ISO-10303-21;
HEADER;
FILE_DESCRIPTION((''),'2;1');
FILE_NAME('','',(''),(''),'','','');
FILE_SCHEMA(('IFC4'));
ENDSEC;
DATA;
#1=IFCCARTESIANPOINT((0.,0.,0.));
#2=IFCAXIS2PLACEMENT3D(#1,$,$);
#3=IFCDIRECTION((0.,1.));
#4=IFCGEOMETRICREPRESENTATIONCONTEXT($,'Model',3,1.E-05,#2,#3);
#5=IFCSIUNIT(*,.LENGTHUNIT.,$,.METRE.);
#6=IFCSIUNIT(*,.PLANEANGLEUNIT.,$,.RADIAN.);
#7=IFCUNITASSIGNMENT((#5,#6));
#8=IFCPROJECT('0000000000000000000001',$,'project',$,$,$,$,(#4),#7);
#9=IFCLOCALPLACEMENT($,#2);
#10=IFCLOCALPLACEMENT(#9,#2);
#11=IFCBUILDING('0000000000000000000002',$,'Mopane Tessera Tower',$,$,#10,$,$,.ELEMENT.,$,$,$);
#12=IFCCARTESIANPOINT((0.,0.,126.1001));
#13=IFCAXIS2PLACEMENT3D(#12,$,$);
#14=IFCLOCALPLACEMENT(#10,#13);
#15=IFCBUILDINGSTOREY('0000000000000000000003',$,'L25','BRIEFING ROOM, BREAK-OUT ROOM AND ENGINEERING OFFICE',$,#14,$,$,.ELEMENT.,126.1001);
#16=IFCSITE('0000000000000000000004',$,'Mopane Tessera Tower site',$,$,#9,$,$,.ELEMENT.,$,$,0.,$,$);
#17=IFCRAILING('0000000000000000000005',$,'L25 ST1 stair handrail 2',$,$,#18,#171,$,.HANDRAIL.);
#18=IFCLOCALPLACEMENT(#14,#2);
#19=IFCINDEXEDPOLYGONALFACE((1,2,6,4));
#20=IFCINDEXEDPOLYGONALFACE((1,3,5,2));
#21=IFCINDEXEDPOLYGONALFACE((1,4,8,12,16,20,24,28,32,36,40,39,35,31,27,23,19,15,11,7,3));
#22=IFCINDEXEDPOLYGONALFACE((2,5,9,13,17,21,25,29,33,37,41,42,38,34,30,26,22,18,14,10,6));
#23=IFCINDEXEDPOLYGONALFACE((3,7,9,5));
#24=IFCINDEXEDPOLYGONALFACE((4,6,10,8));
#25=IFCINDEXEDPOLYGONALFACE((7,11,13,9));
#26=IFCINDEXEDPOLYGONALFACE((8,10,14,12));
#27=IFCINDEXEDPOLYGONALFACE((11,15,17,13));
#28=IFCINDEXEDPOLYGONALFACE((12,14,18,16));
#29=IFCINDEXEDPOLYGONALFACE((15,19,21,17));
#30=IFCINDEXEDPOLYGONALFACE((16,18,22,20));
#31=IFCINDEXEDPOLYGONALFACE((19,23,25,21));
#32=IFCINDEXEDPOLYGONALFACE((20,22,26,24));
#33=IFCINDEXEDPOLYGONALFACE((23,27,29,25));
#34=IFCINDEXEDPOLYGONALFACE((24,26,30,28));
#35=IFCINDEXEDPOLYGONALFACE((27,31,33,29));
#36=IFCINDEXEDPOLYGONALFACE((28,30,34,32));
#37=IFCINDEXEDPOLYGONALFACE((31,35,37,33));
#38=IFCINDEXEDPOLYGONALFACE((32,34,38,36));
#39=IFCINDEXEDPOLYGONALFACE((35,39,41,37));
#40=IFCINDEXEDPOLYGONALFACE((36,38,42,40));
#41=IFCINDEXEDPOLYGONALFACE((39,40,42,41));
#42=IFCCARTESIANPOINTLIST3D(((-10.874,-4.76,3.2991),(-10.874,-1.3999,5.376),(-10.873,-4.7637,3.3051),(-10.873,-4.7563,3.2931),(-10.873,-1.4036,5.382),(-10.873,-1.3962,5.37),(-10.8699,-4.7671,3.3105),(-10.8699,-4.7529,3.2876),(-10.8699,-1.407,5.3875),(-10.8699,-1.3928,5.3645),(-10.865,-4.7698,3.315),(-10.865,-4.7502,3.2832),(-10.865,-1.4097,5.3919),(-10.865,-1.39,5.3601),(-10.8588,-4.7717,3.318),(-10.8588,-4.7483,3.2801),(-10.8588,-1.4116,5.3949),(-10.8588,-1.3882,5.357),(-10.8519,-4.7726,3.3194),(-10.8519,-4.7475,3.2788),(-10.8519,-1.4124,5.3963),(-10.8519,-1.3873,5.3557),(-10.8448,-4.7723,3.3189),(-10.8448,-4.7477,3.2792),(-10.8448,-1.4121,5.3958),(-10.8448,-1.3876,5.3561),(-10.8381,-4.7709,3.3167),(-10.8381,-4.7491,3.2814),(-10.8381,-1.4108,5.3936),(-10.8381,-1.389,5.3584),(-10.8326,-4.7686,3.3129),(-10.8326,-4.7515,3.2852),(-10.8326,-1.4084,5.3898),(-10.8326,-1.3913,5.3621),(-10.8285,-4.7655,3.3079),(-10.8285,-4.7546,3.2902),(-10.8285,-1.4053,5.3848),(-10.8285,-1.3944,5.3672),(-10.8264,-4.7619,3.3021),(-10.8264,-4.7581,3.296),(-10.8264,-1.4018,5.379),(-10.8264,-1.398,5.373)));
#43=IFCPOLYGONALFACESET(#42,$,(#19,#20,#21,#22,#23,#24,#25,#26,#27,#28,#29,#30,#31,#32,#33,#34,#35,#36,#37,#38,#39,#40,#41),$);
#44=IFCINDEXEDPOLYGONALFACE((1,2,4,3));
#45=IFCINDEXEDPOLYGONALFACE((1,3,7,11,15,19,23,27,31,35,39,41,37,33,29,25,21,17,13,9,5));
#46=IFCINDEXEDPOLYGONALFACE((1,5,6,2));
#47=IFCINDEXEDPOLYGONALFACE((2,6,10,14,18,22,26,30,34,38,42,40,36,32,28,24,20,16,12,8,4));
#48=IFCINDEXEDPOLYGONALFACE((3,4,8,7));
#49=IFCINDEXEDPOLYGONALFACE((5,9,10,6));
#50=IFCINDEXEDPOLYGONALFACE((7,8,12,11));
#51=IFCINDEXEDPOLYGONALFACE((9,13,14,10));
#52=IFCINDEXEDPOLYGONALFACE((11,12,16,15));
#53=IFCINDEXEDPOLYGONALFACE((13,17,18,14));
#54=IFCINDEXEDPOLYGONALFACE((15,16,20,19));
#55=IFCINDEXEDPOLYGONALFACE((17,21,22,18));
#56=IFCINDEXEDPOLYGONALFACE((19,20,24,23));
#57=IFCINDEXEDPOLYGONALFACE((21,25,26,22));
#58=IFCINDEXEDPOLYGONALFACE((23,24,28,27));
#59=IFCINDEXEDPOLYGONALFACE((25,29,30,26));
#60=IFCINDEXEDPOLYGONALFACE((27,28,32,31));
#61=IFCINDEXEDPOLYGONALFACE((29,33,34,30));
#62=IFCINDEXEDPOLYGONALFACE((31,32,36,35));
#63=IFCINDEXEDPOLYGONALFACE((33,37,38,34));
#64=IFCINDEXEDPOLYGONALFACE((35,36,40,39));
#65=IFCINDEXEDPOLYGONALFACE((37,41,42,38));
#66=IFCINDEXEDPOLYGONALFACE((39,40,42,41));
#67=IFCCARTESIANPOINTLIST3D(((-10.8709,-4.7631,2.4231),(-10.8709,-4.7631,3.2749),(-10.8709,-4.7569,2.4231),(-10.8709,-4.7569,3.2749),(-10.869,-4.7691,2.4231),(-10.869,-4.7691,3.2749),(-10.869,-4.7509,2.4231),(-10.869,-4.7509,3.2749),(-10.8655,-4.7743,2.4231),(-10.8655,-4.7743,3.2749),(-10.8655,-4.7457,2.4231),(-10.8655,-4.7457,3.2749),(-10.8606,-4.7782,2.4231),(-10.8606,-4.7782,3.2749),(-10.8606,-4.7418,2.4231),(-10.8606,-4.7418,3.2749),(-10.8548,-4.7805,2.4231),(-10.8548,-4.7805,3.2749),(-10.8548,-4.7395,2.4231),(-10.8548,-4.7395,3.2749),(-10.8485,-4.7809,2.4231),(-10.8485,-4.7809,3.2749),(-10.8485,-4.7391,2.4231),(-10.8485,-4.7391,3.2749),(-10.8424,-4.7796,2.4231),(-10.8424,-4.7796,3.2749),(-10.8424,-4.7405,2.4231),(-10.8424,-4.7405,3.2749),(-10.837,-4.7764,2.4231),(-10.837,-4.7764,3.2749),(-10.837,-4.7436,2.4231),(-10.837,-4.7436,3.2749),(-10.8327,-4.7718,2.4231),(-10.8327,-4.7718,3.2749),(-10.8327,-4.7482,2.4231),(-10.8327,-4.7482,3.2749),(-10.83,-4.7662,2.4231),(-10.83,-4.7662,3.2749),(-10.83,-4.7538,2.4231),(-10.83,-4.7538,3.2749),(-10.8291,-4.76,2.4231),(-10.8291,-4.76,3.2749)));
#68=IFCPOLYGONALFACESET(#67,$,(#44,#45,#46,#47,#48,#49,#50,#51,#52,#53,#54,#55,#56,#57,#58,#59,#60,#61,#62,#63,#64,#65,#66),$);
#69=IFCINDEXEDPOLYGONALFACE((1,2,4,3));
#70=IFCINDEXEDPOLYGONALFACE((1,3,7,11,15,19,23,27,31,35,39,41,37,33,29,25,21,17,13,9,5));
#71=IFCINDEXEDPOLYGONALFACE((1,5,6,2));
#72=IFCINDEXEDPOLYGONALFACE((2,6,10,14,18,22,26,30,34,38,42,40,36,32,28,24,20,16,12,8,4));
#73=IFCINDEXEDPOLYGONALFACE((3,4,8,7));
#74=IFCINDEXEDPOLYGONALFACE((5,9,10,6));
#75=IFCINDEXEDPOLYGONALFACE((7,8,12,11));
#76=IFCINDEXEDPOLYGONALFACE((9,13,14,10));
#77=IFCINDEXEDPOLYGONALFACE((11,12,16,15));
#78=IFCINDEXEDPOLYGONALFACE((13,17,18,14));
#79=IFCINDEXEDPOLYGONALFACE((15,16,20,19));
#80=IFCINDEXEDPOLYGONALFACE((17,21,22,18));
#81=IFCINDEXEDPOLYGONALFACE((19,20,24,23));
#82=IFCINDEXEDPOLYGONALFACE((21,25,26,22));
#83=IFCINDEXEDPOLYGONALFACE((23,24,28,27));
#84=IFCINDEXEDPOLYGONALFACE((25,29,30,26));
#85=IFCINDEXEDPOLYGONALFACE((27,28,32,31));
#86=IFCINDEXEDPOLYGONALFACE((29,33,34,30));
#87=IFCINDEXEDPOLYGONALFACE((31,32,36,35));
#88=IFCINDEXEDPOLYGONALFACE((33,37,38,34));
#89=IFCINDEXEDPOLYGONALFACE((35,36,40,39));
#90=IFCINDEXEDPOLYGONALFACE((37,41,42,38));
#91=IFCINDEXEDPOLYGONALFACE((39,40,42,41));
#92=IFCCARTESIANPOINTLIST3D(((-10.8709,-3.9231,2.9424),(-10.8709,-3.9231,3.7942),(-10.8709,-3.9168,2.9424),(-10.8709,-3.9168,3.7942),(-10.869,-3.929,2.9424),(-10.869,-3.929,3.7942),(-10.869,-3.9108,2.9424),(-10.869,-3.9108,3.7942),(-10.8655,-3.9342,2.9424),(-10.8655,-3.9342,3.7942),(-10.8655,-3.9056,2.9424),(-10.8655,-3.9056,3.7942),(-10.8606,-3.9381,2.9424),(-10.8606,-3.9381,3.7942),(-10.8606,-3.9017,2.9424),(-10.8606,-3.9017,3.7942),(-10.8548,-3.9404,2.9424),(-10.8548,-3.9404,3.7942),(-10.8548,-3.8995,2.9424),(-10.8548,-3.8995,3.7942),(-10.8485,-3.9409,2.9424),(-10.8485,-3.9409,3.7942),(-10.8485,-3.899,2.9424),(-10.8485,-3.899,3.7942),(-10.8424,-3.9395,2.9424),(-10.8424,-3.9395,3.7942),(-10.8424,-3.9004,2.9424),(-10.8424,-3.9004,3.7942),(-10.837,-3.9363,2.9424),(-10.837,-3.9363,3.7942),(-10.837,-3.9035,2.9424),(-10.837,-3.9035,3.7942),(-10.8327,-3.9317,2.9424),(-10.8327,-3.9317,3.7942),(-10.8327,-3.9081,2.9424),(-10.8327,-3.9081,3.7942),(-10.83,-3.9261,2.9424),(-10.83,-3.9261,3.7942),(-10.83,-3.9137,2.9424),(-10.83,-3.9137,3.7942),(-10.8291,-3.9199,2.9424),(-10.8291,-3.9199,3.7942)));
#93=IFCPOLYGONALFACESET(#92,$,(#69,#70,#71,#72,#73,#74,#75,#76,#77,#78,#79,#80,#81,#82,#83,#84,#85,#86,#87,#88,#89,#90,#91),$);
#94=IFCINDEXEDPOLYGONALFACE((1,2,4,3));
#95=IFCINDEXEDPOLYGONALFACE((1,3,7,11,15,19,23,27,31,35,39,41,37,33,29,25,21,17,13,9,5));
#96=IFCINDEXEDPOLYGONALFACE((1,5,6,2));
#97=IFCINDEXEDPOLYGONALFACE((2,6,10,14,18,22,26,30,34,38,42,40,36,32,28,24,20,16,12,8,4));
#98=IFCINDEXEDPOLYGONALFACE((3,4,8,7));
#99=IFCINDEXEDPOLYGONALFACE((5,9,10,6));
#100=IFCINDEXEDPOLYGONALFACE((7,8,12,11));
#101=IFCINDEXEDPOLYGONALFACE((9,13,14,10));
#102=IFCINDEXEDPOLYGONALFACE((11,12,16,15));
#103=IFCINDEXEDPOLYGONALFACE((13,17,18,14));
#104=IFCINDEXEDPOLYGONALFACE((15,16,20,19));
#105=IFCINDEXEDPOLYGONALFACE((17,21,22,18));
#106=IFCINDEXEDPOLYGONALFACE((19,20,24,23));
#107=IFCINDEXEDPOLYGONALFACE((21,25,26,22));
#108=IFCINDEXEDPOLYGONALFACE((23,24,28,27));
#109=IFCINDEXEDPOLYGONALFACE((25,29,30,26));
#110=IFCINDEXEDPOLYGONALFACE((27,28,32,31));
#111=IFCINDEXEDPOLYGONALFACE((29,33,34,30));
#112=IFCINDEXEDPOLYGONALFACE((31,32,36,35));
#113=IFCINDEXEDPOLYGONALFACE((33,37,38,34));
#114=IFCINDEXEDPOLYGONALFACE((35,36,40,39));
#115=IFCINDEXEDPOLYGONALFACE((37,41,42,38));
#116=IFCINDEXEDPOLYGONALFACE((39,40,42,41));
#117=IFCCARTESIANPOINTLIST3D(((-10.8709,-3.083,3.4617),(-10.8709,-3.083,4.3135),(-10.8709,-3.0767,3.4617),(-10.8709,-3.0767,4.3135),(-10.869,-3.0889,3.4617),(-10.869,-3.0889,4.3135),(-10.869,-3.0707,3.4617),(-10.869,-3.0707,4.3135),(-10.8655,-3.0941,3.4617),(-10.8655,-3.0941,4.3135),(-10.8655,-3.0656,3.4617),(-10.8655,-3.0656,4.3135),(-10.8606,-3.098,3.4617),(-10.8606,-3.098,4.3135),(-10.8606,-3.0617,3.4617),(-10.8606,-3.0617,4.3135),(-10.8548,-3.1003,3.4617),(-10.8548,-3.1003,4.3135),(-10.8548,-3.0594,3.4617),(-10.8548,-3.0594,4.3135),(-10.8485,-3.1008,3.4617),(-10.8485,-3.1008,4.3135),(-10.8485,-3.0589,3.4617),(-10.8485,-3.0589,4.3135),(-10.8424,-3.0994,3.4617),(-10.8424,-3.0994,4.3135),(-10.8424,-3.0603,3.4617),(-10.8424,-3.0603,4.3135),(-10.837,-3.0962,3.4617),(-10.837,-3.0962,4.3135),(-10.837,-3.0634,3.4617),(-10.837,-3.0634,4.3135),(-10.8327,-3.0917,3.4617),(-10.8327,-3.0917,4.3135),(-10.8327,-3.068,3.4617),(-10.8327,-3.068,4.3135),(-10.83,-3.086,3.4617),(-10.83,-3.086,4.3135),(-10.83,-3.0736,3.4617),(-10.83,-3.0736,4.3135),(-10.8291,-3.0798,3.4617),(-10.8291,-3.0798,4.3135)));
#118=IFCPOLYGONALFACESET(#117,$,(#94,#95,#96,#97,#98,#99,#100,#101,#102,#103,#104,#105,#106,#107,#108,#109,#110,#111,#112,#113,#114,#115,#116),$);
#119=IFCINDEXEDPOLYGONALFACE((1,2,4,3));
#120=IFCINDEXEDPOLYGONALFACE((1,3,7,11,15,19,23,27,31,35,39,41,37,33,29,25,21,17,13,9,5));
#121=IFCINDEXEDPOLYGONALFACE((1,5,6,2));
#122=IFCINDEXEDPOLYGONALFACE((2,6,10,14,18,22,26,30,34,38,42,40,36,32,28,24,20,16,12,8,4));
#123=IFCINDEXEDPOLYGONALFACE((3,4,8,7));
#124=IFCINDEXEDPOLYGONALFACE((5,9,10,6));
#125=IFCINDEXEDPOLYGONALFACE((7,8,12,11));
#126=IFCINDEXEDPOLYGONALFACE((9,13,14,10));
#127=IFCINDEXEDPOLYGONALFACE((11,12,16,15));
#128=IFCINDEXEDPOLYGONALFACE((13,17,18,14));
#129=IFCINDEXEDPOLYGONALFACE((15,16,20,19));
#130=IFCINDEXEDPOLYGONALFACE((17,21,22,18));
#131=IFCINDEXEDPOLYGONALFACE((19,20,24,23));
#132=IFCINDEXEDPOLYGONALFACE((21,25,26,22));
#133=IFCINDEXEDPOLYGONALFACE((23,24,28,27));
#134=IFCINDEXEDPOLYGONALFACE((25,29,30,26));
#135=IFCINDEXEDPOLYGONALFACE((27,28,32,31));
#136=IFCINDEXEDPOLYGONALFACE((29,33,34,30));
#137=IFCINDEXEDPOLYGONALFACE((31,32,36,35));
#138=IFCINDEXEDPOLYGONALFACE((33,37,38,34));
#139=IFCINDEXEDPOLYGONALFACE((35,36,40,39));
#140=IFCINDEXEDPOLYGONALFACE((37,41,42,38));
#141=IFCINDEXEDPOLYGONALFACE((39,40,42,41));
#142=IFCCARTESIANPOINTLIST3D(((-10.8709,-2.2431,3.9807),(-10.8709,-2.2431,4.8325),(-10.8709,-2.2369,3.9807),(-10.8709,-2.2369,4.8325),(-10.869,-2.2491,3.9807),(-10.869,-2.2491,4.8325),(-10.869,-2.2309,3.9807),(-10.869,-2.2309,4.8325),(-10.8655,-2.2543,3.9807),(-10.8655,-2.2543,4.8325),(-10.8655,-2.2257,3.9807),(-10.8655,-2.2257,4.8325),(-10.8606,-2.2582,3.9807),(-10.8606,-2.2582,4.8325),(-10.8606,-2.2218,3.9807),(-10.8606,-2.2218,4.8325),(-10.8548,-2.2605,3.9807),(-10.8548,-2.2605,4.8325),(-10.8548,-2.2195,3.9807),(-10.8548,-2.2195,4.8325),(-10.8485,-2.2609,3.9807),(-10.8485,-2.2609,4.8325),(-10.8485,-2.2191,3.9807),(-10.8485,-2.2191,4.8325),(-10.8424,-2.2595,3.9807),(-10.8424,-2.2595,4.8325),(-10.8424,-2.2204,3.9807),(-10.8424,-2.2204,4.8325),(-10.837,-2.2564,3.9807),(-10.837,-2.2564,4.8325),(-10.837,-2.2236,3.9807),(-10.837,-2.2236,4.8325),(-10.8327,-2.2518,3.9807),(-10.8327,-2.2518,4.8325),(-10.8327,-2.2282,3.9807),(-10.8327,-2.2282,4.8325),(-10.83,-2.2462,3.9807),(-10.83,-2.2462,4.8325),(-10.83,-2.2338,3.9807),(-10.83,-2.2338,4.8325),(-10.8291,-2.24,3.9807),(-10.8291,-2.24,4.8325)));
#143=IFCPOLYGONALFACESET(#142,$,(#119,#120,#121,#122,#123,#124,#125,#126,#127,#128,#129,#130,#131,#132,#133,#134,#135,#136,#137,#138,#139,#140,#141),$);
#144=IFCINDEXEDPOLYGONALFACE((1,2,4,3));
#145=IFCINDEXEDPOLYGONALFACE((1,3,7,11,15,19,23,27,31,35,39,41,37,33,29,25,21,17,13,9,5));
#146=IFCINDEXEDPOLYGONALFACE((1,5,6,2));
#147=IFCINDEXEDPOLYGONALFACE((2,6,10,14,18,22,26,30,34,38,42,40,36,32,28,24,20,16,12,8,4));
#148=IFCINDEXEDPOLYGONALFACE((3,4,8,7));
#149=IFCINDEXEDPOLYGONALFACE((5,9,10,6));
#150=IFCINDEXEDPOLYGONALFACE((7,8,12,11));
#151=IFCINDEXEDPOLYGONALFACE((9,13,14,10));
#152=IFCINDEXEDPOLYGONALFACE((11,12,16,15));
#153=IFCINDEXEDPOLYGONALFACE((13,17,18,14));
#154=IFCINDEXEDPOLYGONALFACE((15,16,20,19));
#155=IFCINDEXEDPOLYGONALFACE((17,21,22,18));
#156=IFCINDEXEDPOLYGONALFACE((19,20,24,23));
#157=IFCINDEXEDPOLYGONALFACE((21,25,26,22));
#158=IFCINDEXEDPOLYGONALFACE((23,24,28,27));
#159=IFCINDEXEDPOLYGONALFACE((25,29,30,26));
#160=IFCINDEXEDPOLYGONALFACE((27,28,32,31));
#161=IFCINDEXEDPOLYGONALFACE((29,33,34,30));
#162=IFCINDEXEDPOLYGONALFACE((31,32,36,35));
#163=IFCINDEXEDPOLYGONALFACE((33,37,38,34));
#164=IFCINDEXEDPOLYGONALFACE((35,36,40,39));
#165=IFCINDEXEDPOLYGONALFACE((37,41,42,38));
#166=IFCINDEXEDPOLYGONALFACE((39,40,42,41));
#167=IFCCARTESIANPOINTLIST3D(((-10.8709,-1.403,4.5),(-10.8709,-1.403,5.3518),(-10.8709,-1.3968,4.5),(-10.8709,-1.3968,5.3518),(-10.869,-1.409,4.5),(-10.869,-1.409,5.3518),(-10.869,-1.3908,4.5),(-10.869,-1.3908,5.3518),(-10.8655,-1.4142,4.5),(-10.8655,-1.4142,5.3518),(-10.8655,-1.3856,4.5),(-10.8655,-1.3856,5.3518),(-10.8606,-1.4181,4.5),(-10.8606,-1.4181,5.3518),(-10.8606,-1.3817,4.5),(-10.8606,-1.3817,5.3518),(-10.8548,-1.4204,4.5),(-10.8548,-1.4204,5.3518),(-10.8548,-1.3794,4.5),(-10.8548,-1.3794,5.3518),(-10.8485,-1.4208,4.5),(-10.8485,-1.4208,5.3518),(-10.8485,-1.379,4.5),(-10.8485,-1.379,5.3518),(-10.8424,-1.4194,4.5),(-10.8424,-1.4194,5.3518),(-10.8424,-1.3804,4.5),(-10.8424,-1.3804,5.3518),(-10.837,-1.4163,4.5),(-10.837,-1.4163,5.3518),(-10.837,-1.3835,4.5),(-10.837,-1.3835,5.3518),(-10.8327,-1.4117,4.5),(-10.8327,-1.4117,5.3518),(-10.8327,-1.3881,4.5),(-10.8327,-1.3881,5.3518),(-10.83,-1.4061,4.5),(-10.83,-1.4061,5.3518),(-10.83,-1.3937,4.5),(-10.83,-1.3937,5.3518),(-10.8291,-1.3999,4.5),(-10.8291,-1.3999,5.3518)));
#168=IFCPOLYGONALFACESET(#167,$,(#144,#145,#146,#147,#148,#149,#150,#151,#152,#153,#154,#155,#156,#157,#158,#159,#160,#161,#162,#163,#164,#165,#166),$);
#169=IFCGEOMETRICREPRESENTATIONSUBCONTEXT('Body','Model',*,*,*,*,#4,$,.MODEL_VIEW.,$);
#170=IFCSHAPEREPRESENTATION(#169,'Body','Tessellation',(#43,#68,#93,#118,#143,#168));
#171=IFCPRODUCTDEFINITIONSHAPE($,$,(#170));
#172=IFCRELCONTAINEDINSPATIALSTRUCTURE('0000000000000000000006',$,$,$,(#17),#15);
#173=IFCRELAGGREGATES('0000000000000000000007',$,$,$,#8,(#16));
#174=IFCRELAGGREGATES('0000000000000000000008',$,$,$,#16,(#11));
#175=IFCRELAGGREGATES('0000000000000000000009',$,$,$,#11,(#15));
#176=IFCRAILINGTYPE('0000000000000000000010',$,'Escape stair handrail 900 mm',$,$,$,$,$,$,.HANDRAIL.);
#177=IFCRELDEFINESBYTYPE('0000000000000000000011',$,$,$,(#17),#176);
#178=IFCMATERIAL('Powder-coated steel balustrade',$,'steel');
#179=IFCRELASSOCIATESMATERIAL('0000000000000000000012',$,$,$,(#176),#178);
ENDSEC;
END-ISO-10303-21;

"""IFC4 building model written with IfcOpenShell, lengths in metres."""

from ifc_helpers import new_model, si_unit, direction, frame, origin, origin_2d, place, context, subcontext, project, spatial, circle, extrude, material, type_object, element, save


model = new_model("IFC4")

# Units and contexts
model_context = context("Model", 3, precision=1e-05, world=origin(), true_north=direction((0.0, 1.0)))
body_context = subcontext(model_context, "Body", "Model", "MODEL_VIEW")
ifc_project = project(units=[si_unit("LENGTHUNIT", "METRE"), si_unit("PLANEANGLEUNIT", "RADIAN")], contexts=[model_context])

# Site, building, storey
site_placement = place(None, origin())
site = spatial("IfcSite", under=ifc_project, at=site_placement, Name="Mopane Tessera Tower site", CompositionType="ELEMENT", RefElevation=0.0)
building_placement = place(site_placement, origin())
building = spatial("IfcBuilding", under=site, at=building_placement, Name="Mopane Tessera Tower", CompositionType="ELEMENT")
storey_placement = place(building_placement, frame((0.0, 0.0, 126.1001)))
storey = spatial("IfcBuildingStorey", under=building, at=storey_placement, Name="L25", Description="BRIEFING ROOM, BREAK-OUT ROOM AND ENGINEERING OFFICE", CompositionType="ELEMENT", Elevation=126.1001)

# Railing
ifc_material_1 = material(Name="Powder-coated steel balustrade", Category="steel")
railing_type_1 = type_object("IfcRailingType", Name="Escape stair handrail 900 mm", PredefinedType="HANDRAIL", material=ifc_material_1)
railing_1_placement = place(storey_placement, frame((-10.8501, -4.76, 2.4231)))
element("IfcRailing", 1, at=railing_1_placement, inside=storey, type_object=railing_type_1, Name="L25 ST1 stair handrail 2", PredefinedType="HANDRAIL", context=body_context, shape_type="SweptSolid", body=[
    extrude(circle(Radius=0.0239, at=origin_2d()), frame((0.0, 0.0, 0.876), z_axis=(0.0, 0.850623, 0.525776), x_axis=(-1.0, 0.0, 0.0)), (0.0, 0.0, 1.0), 3.9502),
    extrude(circle(Radius=0.021, at=origin_2d()), origin(), (0.0, 0.0, 1.0), 0.8518),
    extrude(circle(Radius=0.021, at=origin_2d()), frame((0.0, 0.8401, 0.5193)), (0.0, 0.0, 1.0), 0.8518),
    extrude(circle(Radius=0.021, at=origin_2d()), frame((0.0, 1.6802, 1.0386)), (0.0, 0.0, 1.0), 0.8518),
    extrude(circle(Radius=0.021, at=origin_2d()), frame((0.0, 2.52, 1.5576)), (0.0, 0.0, 1.0), 0.8518),
    extrude(circle(Radius=0.021, at=origin_2d()), frame((0.0, 3.3601, 2.0769)), (0.0, 0.0, 1.0), 0.8518),
])

save(model, "model.ifc")
